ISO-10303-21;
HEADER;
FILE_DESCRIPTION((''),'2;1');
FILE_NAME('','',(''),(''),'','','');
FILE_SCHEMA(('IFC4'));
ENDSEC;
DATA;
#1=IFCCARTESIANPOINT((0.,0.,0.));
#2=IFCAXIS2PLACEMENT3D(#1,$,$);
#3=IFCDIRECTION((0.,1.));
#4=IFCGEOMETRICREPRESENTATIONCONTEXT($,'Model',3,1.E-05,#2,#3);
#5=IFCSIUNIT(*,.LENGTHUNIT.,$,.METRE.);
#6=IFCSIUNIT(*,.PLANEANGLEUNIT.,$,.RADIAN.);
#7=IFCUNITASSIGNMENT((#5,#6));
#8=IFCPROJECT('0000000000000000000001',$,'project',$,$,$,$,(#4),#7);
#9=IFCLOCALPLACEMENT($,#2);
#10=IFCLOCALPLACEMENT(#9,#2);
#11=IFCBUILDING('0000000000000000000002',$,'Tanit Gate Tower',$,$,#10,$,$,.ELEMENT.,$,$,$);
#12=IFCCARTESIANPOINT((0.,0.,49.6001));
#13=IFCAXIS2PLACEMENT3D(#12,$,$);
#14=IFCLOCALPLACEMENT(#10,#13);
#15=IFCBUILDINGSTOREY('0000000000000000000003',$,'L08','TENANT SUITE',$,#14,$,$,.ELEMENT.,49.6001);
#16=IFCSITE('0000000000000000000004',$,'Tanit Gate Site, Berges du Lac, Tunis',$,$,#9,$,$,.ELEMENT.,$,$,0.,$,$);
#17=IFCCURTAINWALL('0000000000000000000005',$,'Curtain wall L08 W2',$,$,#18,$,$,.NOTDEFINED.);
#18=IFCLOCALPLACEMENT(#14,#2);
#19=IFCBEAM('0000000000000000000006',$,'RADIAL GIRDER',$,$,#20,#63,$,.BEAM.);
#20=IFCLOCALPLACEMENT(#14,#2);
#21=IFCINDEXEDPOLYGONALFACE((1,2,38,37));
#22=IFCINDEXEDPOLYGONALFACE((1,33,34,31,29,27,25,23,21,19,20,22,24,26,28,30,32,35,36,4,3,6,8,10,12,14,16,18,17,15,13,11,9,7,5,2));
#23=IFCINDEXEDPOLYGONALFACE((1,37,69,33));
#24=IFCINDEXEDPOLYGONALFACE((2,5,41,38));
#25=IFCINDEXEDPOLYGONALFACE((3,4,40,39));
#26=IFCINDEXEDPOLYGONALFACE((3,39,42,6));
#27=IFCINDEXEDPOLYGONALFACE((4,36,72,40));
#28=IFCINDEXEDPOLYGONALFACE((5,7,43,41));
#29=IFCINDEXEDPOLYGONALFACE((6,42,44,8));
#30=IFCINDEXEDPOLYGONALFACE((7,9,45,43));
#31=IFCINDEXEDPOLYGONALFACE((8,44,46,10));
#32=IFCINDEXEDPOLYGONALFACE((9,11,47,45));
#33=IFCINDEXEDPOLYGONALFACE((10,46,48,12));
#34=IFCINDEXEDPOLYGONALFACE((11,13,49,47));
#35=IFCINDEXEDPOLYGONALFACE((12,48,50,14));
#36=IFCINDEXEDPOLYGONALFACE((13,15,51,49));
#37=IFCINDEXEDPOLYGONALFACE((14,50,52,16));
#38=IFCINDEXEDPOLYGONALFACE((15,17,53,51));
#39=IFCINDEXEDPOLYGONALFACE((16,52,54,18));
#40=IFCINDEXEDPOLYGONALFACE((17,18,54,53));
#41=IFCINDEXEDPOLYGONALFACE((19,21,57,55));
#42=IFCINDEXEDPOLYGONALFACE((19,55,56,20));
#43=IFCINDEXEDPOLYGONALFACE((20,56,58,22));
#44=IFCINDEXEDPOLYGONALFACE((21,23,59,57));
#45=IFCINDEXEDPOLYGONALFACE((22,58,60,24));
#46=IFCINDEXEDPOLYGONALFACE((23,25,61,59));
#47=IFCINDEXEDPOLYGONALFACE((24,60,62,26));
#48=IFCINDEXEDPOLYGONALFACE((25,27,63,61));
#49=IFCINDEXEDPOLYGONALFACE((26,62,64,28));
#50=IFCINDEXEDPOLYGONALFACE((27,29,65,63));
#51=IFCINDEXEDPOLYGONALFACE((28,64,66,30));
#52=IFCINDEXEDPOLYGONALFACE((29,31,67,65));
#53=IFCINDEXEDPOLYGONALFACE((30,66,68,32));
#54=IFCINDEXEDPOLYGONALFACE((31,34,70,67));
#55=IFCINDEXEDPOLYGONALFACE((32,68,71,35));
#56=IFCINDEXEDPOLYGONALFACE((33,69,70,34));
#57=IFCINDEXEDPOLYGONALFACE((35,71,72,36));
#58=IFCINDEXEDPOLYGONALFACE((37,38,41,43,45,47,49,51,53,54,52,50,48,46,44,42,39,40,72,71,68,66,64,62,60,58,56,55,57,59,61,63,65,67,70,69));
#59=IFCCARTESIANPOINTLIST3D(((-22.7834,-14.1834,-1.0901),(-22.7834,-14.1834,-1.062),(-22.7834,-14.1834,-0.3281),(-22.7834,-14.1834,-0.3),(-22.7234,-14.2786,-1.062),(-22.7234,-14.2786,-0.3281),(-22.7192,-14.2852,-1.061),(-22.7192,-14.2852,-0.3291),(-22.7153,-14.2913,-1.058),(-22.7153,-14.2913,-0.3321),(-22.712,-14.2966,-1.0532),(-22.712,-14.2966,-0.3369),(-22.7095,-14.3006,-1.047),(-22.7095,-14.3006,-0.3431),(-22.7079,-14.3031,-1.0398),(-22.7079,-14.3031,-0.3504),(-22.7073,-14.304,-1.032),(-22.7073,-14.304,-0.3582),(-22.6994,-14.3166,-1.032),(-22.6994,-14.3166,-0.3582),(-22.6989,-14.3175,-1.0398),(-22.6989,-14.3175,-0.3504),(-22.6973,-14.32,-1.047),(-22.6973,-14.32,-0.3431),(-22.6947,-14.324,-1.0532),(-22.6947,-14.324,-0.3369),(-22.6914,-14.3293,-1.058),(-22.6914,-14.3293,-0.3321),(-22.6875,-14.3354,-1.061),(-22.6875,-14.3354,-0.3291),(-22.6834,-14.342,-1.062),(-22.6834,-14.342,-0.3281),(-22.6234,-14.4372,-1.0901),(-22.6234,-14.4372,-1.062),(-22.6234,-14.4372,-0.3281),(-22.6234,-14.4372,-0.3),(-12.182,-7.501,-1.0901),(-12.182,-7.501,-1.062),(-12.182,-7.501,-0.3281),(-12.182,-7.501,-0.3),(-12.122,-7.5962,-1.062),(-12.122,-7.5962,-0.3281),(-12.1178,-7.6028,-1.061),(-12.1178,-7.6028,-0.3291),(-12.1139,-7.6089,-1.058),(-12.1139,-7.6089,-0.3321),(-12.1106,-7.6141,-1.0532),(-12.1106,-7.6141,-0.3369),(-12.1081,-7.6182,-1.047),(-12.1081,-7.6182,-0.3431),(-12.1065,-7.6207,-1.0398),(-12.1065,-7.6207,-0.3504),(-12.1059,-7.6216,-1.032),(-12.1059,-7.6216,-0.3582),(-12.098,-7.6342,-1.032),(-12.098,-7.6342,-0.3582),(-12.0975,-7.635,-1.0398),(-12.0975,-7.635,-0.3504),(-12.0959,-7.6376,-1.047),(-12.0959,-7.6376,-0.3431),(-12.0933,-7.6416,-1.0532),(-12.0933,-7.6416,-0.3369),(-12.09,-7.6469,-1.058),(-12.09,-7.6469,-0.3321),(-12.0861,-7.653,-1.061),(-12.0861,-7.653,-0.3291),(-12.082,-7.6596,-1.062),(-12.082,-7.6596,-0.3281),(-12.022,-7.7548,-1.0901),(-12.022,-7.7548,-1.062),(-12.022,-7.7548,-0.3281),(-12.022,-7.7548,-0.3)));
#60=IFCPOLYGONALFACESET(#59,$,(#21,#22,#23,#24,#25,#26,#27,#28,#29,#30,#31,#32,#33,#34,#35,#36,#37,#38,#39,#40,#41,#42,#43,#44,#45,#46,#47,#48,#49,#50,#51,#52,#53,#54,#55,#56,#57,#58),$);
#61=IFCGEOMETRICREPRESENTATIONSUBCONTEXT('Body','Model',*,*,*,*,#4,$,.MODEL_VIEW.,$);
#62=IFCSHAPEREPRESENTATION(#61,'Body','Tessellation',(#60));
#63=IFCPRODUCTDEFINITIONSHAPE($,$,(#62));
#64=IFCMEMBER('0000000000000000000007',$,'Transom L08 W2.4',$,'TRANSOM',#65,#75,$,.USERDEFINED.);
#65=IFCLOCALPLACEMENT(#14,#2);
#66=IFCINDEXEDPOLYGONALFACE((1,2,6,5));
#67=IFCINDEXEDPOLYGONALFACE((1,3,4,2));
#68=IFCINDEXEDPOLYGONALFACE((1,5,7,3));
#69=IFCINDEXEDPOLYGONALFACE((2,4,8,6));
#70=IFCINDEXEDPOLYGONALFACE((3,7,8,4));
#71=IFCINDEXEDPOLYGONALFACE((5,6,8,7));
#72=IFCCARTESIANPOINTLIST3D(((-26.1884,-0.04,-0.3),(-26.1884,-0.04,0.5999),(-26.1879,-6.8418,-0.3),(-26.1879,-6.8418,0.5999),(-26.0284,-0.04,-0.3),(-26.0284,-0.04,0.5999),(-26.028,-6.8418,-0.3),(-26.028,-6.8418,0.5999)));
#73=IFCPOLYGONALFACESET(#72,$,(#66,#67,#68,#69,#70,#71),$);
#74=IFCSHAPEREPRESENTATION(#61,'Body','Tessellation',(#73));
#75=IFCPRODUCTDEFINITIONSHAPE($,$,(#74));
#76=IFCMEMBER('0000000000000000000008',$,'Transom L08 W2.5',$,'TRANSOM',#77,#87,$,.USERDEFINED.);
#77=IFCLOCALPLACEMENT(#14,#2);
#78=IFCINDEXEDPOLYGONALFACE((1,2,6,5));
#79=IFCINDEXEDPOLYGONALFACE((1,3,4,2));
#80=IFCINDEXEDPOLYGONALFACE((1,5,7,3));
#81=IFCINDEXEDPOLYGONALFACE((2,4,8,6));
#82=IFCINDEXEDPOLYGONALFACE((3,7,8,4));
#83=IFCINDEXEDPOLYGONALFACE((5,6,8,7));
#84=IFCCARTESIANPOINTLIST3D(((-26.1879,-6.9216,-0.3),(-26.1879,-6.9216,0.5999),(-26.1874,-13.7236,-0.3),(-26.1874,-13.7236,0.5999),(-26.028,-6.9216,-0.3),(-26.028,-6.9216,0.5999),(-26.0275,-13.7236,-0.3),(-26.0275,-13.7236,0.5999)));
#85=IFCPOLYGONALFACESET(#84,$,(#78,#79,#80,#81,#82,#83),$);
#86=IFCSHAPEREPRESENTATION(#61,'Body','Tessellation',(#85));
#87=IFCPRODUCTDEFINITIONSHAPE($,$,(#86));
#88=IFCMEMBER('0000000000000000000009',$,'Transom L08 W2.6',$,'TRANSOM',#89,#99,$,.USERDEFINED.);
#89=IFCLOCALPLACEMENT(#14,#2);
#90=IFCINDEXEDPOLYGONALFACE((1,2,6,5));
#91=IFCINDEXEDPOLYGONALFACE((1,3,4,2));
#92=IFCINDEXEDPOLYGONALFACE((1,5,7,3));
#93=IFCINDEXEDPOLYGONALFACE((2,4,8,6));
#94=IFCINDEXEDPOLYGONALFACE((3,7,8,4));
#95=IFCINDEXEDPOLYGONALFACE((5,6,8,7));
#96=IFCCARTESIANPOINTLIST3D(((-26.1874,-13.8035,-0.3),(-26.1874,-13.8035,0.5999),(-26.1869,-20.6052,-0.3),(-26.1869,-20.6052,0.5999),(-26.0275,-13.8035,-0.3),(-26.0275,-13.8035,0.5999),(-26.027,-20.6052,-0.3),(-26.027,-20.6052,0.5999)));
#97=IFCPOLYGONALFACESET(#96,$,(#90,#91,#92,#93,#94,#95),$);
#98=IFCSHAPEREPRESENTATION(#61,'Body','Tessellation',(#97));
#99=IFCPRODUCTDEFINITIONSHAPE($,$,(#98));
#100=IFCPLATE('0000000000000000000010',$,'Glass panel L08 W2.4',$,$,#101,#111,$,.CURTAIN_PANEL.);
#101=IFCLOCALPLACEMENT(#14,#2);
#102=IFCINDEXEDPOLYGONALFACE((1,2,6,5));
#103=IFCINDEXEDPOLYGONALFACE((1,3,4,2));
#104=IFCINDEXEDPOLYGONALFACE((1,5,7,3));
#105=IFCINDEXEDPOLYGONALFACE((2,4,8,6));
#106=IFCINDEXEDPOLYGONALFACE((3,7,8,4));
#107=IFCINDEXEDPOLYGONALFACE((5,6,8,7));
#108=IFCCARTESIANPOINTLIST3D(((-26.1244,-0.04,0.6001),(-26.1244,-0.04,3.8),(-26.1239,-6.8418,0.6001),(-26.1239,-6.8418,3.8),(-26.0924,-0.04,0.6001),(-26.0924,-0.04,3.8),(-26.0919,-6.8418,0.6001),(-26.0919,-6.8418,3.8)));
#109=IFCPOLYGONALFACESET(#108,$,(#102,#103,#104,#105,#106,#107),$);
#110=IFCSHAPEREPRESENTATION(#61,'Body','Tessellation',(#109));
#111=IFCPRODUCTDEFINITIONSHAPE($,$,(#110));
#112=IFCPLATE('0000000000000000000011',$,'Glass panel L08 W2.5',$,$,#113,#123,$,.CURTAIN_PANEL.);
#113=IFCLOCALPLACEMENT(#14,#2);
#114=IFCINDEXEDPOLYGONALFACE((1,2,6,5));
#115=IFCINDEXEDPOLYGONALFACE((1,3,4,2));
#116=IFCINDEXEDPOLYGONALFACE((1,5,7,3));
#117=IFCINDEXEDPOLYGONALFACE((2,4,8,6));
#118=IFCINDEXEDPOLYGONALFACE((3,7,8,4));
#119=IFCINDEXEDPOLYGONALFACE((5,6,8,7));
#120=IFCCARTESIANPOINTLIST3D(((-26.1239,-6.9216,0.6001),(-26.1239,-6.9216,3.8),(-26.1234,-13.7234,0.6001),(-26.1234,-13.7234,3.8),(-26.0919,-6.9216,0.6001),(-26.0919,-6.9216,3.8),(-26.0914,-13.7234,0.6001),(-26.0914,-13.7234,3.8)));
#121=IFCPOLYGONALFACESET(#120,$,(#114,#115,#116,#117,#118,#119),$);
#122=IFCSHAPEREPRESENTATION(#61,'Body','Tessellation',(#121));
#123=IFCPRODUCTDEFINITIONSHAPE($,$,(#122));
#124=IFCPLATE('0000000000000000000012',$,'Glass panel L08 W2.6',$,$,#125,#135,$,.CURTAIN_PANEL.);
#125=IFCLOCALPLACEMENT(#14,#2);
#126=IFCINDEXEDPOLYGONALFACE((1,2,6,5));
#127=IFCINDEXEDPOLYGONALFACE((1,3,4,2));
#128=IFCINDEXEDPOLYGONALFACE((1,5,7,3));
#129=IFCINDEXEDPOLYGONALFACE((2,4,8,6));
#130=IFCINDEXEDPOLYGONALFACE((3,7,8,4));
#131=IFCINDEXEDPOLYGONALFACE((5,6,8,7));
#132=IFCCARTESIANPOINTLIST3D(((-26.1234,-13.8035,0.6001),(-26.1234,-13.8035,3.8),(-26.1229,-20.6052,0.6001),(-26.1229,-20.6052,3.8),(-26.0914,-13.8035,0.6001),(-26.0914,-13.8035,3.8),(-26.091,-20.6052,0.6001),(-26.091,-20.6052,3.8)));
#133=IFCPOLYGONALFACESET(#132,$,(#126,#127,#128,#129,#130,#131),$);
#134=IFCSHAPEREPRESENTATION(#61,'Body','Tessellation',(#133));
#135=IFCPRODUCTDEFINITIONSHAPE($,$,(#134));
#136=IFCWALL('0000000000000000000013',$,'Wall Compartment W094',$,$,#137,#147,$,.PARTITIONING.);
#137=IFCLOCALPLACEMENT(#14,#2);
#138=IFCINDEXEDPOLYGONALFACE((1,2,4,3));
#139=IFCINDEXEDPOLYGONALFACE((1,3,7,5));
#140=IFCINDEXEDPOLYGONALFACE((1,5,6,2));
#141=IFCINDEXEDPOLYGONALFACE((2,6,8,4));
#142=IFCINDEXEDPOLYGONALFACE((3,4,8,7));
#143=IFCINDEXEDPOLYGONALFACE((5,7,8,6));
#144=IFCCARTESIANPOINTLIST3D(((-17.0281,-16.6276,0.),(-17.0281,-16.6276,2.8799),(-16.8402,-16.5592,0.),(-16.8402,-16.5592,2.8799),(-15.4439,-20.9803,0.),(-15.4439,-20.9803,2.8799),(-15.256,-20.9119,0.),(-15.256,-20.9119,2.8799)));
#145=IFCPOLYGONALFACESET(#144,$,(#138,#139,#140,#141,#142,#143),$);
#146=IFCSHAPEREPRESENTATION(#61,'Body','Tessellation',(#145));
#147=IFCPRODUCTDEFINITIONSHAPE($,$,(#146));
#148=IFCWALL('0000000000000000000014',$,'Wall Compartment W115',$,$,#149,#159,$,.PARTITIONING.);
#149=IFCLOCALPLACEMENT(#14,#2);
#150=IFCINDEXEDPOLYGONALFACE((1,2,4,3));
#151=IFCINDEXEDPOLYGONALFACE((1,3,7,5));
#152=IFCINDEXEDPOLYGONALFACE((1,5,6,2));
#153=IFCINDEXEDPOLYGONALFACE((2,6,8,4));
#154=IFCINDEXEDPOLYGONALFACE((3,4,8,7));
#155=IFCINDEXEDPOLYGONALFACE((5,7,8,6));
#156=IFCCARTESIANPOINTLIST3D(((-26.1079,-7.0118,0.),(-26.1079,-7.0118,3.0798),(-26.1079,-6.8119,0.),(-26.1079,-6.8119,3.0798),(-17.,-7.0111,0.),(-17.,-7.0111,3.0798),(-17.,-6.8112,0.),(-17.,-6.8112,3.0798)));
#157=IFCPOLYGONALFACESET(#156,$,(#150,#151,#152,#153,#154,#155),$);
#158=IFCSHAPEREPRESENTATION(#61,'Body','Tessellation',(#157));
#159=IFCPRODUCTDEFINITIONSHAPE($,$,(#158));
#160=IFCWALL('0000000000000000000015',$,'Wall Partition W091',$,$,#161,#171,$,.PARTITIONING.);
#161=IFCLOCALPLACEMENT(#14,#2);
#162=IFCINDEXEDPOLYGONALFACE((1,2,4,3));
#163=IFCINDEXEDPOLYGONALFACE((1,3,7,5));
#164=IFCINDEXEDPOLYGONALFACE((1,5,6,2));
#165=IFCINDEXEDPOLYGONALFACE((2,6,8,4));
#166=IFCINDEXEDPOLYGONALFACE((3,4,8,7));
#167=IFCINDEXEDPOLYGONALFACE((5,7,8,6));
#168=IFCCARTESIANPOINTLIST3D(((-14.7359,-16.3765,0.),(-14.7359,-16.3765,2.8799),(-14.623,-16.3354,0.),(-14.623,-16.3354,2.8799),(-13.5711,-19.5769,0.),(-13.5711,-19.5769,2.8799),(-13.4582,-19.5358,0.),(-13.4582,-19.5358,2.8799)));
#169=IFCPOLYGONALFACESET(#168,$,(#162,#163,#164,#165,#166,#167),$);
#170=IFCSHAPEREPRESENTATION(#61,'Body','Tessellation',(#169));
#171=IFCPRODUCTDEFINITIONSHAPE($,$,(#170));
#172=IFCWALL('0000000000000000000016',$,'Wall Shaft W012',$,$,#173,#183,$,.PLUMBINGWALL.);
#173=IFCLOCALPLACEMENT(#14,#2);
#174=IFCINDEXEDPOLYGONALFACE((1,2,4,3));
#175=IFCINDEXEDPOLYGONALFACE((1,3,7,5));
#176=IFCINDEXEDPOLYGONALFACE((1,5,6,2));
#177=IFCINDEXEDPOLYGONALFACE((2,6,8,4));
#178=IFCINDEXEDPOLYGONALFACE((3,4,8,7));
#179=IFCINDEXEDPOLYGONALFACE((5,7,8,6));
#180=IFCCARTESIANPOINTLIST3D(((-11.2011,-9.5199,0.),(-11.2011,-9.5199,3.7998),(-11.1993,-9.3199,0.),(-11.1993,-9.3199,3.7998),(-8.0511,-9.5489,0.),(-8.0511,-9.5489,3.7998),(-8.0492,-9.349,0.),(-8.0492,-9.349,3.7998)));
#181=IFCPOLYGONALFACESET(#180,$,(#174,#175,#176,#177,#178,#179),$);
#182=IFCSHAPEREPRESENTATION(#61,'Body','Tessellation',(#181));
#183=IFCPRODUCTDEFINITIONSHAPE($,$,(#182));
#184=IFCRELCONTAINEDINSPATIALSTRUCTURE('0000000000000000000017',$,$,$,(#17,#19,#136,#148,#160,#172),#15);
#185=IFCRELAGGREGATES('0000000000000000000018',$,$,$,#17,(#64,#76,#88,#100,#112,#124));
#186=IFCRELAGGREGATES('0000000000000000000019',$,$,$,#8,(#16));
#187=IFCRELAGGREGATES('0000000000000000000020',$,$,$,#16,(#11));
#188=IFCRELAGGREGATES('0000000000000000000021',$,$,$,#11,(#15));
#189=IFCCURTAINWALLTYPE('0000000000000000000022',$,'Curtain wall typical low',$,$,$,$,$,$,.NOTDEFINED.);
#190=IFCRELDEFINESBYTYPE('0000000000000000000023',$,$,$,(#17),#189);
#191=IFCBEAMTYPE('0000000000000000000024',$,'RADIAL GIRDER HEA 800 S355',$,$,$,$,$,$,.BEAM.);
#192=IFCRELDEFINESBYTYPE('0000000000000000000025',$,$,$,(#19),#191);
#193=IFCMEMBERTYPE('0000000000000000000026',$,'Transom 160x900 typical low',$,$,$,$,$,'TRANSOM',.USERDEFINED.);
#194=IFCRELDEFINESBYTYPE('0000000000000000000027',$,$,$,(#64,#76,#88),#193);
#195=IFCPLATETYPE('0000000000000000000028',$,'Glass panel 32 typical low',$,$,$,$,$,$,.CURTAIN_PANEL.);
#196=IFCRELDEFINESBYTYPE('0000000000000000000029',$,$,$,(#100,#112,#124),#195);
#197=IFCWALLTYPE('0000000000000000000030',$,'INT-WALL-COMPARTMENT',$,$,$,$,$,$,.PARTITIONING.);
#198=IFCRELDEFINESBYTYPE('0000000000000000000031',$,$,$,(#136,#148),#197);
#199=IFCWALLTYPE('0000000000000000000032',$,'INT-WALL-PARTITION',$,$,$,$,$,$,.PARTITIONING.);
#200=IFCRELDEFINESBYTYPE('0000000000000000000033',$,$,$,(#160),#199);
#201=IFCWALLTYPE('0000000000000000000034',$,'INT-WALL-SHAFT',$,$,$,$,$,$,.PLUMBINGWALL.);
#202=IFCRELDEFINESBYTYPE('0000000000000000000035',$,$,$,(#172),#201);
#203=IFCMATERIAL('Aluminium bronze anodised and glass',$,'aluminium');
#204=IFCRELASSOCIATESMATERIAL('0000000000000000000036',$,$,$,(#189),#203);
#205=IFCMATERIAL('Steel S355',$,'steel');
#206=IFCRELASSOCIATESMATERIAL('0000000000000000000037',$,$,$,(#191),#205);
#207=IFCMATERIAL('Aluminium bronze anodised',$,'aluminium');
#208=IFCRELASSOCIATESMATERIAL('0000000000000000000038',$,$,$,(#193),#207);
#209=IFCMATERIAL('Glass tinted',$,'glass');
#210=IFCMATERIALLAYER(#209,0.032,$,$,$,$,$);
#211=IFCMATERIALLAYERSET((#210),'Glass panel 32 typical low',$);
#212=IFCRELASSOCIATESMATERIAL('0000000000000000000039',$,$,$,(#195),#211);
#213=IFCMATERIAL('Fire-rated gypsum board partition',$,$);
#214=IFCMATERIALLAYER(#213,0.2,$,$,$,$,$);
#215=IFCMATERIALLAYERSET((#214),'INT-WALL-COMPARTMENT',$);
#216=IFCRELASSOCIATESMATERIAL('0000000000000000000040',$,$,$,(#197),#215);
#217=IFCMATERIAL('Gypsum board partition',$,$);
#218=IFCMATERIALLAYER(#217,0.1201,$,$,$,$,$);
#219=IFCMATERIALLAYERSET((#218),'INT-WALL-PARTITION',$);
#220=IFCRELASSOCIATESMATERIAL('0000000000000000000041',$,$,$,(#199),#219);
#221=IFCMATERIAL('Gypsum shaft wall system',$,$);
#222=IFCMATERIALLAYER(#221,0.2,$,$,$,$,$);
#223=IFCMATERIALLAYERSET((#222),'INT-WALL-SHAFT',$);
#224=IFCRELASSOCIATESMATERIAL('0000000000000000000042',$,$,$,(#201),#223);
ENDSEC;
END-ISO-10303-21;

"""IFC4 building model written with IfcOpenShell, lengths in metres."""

from ifc_helpers import new_model, si_unit, direction, frame, frame_2d, origin, origin_2d, place, context, subcontext, project, spatial, rectangle, i_section, extrude, material, layer, layer_set, material_profile, profile_set, type_object, element, aggregate, save


model = new_model("IFC4")

# Units and contexts
model_context = context("Model", 3, precision=1e-05, world=origin(), true_north=direction((0.0, 1.0)))
body_context = subcontext(model_context, "Body", "Model", "MODEL_VIEW")
ifc_project = project(units=[si_unit("LENGTHUNIT", "METRE"), si_unit("PLANEANGLEUNIT", "RADIAN")], contexts=[model_context])

# Site, building, storey
site_placement = place(None, origin())
site = spatial("IfcSite", under=ifc_project, at=site_placement, Name="Tanit Gate Site, Berges du Lac, Tunis", CompositionType="ELEMENT", RefElevation=0.0)
building_placement = place(site_placement, origin())
building = spatial("IfcBuilding", under=site, at=building_placement, Name="Tanit Gate Tower", CompositionType="ELEMENT")
storey_placement = place(building_placement, frame((0.0, 0.0, 49.6001)))
storey = spatial("IfcBuildingStorey", under=building, at=storey_placement, Name="L08", Description="TENANT SUITE", CompositionType="ELEMENT", Elevation=49.6001)

# Curtain wall
ifc_material_1 = material(Name="Aluminium bronze anodised and glass", Category="aluminium")
curtain_wall_type = type_object("IfcCurtainWallType", Name="Curtain wall typical low", PredefinedType="NOTDEFINED", material=ifc_material_1)
curtain_wall_placement = place(storey_placement, origin())
curtain_wall = element("IfcCurtainWall", 1, at=curtain_wall_placement, inside=storey, type_object=curtain_wall_type, Name="Curtain wall L08 W2", PredefinedType="NOTDEFINED")

# Beam
ifc_material_2 = material(Name="Steel S355", Category="steel")
ifc_material_profile_1 = material_profile(ifc_material_2, i_section(OverallWidth=0.3, OverallDepth=0.79, WebThickness=0.0149, FlangeThickness=0.0281, FilletRadius=0.03, at=origin_2d()), Name="HEA 800")
ifc_profile_set_1 = profile_set([ifc_material_profile_1], Name="Steel S355")
beam_type_1 = type_object("IfcBeamType", Name="RADIAL GIRDER HEA 800 S355", PredefinedType="BEAM", material=ifc_profile_set_1)
beam_1_placement = place(storey_placement, frame((-22.7034, -14.3103, -0.6951), z_axis=(0.845964, 0.53324, 0.0), x_axis=(-0.53324, 0.845964, 0.0)))
element("IfcBeam", 2, at=beam_1_placement, inside=storey, type_object=beam_type_1, Name="RADIAL GIRDER", PredefinedType="BEAM", context=body_context, shape_type="SweptSolid", body=[
    extrude(i_section(OverallWidth=0.3, OverallDepth=0.79, WebThickness=0.0149, FlangeThickness=0.0281, FilletRadius=0.03, at=origin_2d()), origin(), (0.0, 0.0, 1.0), 12.5317),
])

# Members
ifc_material_3 = material(Name="Aluminium bronze anodised", Category="aluminium")
ifc_material_profile_2 = material_profile(ifc_material_3, rectangle(XDim=0.1599, YDim=0.8999, at=origin_2d()), Name="160x900 bronze transom")
ifc_profile_set_2 = profile_set([ifc_material_profile_2], Name="Aluminium bronze anodised")
member_type_1 = type_object("IfcMemberType", Name="Transom 160x900 typical low", ElementType="TRANSOM", PredefinedType="USERDEFINED", material=ifc_profile_set_2)
member_1_placement = place(storey_placement, frame((-26.1084, -0.04, 0.1499), z_axis=(0.000072, -1.0, 0.0), x_axis=(1.0, 0.000072, 0.0)))
member_1 = element("IfcMember", 3, at=member_1_placement, type_object=member_type_1, Name="Transom L08 W2.4", ObjectType="TRANSOM", PredefinedType="USERDEFINED", context=body_context, shape_type="SweptSolid", body=[
    extrude(rectangle(XDim=0.1599, YDim=0.8999, at=origin_2d()), origin(), (0.0, 0.0, 1.0), 6.8018),
])
member_2_placement = place(storey_placement, frame((-26.1079, -6.9216, 0.1499), z_axis=(0.000072, -1.0, 0.0), x_axis=(1.0, 0.000072, 0.0)))
member_2 = element("IfcMember", 4, at=member_2_placement, type_object=member_type_1, Name="Transom L08 W2.5", ObjectType="TRANSOM", PredefinedType="USERDEFINED", context=body_context, shape_type="SweptSolid", body=[
    extrude(rectangle(XDim=0.1599, YDim=0.8999, at=origin_2d()), origin(), (0.0, 0.0, 1.0), 6.802),
])
member_3_placement = place(storey_placement, frame((-26.1074, -13.8035, 0.1499), z_axis=(0.000072, -1.0, 0.0), x_axis=(1.0, 0.000072, 0.0)))
member_3 = element("IfcMember", 5, at=member_3_placement, type_object=member_type_1, Name="Transom L08 W2.6", ObjectType="TRANSOM", PredefinedType="USERDEFINED", context=body_context, shape_type="SweptSolid", body=[
    extrude(rectangle(XDim=0.1599, YDim=0.8999, at=origin_2d()), origin(), (0.0, 0.0, 1.0), 6.8018),
])

# Plates
ifc_material_4 = material(Name="Glass tinted", Category="glass")
ifc_layer_1 = layer(ifc_material_4, 0.032)
ifc_layer_set_1 = layer_set([ifc_layer_1], Name="Glass panel 32 typical low")
plate_type = type_object("IfcPlateType", Name="Glass panel 32 typical low", PredefinedType="CURTAIN_PANEL", material=ifc_layer_set_1)
plate_1_placement = place(storey_placement, frame((-26.1082, -3.4409, 0.6001), z_axis=(0.0, 0.0, 1.0), x_axis=(0.000069, -1.0, 0.0)))
plate_1 = element("IfcPlate", 6, at=plate_1_placement, type_object=plate_type, Name="Glass panel L08 W2.4", PredefinedType="CURTAIN_PANEL", context=body_context, shape_type="SweptSolid", body=[
    extrude(rectangle(XDim=6.8018, YDim=0.032, at=origin_2d()), origin(), (0.0, 0.0, 1.0), 3.2),
])
plate_2_placement = place(storey_placement, frame((-26.1077, -10.3225, 0.6001), z_axis=(0.0, 0.0, 1.0), x_axis=(0.000069, -1.0, 0.0)))
plate_2 = element("IfcPlate", 7, at=plate_2_placement, type_object=plate_type, Name="Glass panel L08 W2.5", PredefinedType="CURTAIN_PANEL", context=body_context, shape_type="SweptSolid", body=[
    extrude(rectangle(XDim=6.8018, YDim=0.032, at=origin_2d()), origin(), (0.0, 0.0, 1.0), 3.2),
])
plate_3_placement = place(storey_placement, frame((-26.1072, -17.2043, 0.6001), z_axis=(0.0, 0.0, 1.0), x_axis=(0.000069, -1.0, 0.0)))
plate_3 = element("IfcPlate", 8, at=plate_3_placement, type_object=plate_type, Name="Glass panel L08 W2.6", PredefinedType="CURTAIN_PANEL", context=body_context, shape_type="SweptSolid", body=[
    extrude(rectangle(XDim=6.8018, YDim=0.032, at=origin_2d()), origin(), (0.0, 0.0, 1.0), 3.2),
])
aggregate(curtain_wall, [member_1, member_2, member_3, plate_1, plate_2, plate_3])

# Walls
ifc_material_5 = material(Name="Fire-rated gypsum board partition")
ifc_layer_2 = layer(ifc_material_5, 0.2)
ifc_layer_set_2 = layer_set([ifc_layer_2], Name="INT-WALL-COMPARTMENT")
wall_type_1 = type_object("IfcWallType", Name="INT-WALL-COMPARTMENT", PredefinedType="PARTITIONING", material=ifc_layer_set_2)
wall_1_placement = place(storey_placement, frame((-16.9341, -16.5935, 0.0), z_axis=(0.0, 0.0, 1.0), x_axis=(0.34201, -0.939696, 0.0)))
element("IfcWall", 9, at=wall_1_placement, inside=storey, type_object=wall_type_1, Name="Wall Compartment W094", PredefinedType="PARTITIONING", context=body_context, shape_type="SweptSolid", body=[
    extrude(rectangle(XDim=4.6321, YDim=0.2, at=frame_2d((2.3159, 0.0))), origin(), (0.0, 0.0, 1.0), 2.8799),
])
wall_2_placement = place(storey_placement, frame((-17.0, -6.9111, 0.0), z_axis=(0.0, 0.0, 1.0), x_axis=(-1.0, -0.00008, 0.0)))
element("IfcWall", 10, at=wall_2_placement, inside=storey, type_object=wall_type_1, Name="Wall Compartment W115", PredefinedType="PARTITIONING", context=body_context, shape_type="SweptSolid", body=[
    extrude(rectangle(XDim=9.1079, YDim=0.2, at=frame_2d((4.554, 0.0))), origin(), (0.0, 0.0, 1.0), 3.0798),
])
ifc_material_6 = material(Name="Gypsum board partition")
ifc_layer_3 = layer(ifc_material_6, 0.1201)
ifc_layer_set_3 = layer_set([ifc_layer_3], Name="INT-WALL-PARTITION")
wall_type_2 = type_object("IfcWallType", Name="INT-WALL-PARTITION", PredefinedType="PARTITIONING", material=ifc_layer_set_3)
wall_3_placement = place(storey_placement, frame((-14.6794, -16.356, 0.0), z_axis=(0.0, 0.0, 1.0), x_axis=(0.342002, -0.939699, 0.0)))
element("IfcWall", 11, at=wall_3_placement, inside=storey, type_object=wall_type_2, Name="Wall Partition W091", PredefinedType="PARTITIONING", context=body_context, shape_type="SweptSolid", body=[
    extrude(rectangle(XDim=3.4058, YDim=0.1201, at=frame_2d((1.7029, 0.0))), origin(), (0.0, 0.0, 1.0), 2.8799),
])
ifc_material_7 = material(Name="Gypsum shaft wall system")
ifc_layer_4 = layer(ifc_material_7, 0.2)
ifc_layer_set_4 = layer_set([ifc_layer_4], Name="INT-WALL-SHAFT")
wall_type_3 = type_object("IfcWallType", Name="INT-WALL-SHAFT", PredefinedType="PLUMBINGWALL", material=ifc_layer_set_4)
wall_4_placement = place(storey_placement, frame((-8.05, -9.449, 0.0), z_axis=(0.0, 0.0, 1.0), x_axis=(-0.999957, 0.009223, 0.0)))
element("IfcWall", 12, at=wall_4_placement, inside=storey, type_object=wall_type_3, Name="Wall Shaft W012", PredefinedType="PLUMBINGWALL", context=body_context, shape_type="SweptSolid", body=[
    extrude(rectangle(XDim=3.1501, YDim=0.2, at=frame_2d((1.5752, 0.0))), origin(), (0.0, 0.0, 1.0), 3.7998),
])

save(model, "model.ifc")
